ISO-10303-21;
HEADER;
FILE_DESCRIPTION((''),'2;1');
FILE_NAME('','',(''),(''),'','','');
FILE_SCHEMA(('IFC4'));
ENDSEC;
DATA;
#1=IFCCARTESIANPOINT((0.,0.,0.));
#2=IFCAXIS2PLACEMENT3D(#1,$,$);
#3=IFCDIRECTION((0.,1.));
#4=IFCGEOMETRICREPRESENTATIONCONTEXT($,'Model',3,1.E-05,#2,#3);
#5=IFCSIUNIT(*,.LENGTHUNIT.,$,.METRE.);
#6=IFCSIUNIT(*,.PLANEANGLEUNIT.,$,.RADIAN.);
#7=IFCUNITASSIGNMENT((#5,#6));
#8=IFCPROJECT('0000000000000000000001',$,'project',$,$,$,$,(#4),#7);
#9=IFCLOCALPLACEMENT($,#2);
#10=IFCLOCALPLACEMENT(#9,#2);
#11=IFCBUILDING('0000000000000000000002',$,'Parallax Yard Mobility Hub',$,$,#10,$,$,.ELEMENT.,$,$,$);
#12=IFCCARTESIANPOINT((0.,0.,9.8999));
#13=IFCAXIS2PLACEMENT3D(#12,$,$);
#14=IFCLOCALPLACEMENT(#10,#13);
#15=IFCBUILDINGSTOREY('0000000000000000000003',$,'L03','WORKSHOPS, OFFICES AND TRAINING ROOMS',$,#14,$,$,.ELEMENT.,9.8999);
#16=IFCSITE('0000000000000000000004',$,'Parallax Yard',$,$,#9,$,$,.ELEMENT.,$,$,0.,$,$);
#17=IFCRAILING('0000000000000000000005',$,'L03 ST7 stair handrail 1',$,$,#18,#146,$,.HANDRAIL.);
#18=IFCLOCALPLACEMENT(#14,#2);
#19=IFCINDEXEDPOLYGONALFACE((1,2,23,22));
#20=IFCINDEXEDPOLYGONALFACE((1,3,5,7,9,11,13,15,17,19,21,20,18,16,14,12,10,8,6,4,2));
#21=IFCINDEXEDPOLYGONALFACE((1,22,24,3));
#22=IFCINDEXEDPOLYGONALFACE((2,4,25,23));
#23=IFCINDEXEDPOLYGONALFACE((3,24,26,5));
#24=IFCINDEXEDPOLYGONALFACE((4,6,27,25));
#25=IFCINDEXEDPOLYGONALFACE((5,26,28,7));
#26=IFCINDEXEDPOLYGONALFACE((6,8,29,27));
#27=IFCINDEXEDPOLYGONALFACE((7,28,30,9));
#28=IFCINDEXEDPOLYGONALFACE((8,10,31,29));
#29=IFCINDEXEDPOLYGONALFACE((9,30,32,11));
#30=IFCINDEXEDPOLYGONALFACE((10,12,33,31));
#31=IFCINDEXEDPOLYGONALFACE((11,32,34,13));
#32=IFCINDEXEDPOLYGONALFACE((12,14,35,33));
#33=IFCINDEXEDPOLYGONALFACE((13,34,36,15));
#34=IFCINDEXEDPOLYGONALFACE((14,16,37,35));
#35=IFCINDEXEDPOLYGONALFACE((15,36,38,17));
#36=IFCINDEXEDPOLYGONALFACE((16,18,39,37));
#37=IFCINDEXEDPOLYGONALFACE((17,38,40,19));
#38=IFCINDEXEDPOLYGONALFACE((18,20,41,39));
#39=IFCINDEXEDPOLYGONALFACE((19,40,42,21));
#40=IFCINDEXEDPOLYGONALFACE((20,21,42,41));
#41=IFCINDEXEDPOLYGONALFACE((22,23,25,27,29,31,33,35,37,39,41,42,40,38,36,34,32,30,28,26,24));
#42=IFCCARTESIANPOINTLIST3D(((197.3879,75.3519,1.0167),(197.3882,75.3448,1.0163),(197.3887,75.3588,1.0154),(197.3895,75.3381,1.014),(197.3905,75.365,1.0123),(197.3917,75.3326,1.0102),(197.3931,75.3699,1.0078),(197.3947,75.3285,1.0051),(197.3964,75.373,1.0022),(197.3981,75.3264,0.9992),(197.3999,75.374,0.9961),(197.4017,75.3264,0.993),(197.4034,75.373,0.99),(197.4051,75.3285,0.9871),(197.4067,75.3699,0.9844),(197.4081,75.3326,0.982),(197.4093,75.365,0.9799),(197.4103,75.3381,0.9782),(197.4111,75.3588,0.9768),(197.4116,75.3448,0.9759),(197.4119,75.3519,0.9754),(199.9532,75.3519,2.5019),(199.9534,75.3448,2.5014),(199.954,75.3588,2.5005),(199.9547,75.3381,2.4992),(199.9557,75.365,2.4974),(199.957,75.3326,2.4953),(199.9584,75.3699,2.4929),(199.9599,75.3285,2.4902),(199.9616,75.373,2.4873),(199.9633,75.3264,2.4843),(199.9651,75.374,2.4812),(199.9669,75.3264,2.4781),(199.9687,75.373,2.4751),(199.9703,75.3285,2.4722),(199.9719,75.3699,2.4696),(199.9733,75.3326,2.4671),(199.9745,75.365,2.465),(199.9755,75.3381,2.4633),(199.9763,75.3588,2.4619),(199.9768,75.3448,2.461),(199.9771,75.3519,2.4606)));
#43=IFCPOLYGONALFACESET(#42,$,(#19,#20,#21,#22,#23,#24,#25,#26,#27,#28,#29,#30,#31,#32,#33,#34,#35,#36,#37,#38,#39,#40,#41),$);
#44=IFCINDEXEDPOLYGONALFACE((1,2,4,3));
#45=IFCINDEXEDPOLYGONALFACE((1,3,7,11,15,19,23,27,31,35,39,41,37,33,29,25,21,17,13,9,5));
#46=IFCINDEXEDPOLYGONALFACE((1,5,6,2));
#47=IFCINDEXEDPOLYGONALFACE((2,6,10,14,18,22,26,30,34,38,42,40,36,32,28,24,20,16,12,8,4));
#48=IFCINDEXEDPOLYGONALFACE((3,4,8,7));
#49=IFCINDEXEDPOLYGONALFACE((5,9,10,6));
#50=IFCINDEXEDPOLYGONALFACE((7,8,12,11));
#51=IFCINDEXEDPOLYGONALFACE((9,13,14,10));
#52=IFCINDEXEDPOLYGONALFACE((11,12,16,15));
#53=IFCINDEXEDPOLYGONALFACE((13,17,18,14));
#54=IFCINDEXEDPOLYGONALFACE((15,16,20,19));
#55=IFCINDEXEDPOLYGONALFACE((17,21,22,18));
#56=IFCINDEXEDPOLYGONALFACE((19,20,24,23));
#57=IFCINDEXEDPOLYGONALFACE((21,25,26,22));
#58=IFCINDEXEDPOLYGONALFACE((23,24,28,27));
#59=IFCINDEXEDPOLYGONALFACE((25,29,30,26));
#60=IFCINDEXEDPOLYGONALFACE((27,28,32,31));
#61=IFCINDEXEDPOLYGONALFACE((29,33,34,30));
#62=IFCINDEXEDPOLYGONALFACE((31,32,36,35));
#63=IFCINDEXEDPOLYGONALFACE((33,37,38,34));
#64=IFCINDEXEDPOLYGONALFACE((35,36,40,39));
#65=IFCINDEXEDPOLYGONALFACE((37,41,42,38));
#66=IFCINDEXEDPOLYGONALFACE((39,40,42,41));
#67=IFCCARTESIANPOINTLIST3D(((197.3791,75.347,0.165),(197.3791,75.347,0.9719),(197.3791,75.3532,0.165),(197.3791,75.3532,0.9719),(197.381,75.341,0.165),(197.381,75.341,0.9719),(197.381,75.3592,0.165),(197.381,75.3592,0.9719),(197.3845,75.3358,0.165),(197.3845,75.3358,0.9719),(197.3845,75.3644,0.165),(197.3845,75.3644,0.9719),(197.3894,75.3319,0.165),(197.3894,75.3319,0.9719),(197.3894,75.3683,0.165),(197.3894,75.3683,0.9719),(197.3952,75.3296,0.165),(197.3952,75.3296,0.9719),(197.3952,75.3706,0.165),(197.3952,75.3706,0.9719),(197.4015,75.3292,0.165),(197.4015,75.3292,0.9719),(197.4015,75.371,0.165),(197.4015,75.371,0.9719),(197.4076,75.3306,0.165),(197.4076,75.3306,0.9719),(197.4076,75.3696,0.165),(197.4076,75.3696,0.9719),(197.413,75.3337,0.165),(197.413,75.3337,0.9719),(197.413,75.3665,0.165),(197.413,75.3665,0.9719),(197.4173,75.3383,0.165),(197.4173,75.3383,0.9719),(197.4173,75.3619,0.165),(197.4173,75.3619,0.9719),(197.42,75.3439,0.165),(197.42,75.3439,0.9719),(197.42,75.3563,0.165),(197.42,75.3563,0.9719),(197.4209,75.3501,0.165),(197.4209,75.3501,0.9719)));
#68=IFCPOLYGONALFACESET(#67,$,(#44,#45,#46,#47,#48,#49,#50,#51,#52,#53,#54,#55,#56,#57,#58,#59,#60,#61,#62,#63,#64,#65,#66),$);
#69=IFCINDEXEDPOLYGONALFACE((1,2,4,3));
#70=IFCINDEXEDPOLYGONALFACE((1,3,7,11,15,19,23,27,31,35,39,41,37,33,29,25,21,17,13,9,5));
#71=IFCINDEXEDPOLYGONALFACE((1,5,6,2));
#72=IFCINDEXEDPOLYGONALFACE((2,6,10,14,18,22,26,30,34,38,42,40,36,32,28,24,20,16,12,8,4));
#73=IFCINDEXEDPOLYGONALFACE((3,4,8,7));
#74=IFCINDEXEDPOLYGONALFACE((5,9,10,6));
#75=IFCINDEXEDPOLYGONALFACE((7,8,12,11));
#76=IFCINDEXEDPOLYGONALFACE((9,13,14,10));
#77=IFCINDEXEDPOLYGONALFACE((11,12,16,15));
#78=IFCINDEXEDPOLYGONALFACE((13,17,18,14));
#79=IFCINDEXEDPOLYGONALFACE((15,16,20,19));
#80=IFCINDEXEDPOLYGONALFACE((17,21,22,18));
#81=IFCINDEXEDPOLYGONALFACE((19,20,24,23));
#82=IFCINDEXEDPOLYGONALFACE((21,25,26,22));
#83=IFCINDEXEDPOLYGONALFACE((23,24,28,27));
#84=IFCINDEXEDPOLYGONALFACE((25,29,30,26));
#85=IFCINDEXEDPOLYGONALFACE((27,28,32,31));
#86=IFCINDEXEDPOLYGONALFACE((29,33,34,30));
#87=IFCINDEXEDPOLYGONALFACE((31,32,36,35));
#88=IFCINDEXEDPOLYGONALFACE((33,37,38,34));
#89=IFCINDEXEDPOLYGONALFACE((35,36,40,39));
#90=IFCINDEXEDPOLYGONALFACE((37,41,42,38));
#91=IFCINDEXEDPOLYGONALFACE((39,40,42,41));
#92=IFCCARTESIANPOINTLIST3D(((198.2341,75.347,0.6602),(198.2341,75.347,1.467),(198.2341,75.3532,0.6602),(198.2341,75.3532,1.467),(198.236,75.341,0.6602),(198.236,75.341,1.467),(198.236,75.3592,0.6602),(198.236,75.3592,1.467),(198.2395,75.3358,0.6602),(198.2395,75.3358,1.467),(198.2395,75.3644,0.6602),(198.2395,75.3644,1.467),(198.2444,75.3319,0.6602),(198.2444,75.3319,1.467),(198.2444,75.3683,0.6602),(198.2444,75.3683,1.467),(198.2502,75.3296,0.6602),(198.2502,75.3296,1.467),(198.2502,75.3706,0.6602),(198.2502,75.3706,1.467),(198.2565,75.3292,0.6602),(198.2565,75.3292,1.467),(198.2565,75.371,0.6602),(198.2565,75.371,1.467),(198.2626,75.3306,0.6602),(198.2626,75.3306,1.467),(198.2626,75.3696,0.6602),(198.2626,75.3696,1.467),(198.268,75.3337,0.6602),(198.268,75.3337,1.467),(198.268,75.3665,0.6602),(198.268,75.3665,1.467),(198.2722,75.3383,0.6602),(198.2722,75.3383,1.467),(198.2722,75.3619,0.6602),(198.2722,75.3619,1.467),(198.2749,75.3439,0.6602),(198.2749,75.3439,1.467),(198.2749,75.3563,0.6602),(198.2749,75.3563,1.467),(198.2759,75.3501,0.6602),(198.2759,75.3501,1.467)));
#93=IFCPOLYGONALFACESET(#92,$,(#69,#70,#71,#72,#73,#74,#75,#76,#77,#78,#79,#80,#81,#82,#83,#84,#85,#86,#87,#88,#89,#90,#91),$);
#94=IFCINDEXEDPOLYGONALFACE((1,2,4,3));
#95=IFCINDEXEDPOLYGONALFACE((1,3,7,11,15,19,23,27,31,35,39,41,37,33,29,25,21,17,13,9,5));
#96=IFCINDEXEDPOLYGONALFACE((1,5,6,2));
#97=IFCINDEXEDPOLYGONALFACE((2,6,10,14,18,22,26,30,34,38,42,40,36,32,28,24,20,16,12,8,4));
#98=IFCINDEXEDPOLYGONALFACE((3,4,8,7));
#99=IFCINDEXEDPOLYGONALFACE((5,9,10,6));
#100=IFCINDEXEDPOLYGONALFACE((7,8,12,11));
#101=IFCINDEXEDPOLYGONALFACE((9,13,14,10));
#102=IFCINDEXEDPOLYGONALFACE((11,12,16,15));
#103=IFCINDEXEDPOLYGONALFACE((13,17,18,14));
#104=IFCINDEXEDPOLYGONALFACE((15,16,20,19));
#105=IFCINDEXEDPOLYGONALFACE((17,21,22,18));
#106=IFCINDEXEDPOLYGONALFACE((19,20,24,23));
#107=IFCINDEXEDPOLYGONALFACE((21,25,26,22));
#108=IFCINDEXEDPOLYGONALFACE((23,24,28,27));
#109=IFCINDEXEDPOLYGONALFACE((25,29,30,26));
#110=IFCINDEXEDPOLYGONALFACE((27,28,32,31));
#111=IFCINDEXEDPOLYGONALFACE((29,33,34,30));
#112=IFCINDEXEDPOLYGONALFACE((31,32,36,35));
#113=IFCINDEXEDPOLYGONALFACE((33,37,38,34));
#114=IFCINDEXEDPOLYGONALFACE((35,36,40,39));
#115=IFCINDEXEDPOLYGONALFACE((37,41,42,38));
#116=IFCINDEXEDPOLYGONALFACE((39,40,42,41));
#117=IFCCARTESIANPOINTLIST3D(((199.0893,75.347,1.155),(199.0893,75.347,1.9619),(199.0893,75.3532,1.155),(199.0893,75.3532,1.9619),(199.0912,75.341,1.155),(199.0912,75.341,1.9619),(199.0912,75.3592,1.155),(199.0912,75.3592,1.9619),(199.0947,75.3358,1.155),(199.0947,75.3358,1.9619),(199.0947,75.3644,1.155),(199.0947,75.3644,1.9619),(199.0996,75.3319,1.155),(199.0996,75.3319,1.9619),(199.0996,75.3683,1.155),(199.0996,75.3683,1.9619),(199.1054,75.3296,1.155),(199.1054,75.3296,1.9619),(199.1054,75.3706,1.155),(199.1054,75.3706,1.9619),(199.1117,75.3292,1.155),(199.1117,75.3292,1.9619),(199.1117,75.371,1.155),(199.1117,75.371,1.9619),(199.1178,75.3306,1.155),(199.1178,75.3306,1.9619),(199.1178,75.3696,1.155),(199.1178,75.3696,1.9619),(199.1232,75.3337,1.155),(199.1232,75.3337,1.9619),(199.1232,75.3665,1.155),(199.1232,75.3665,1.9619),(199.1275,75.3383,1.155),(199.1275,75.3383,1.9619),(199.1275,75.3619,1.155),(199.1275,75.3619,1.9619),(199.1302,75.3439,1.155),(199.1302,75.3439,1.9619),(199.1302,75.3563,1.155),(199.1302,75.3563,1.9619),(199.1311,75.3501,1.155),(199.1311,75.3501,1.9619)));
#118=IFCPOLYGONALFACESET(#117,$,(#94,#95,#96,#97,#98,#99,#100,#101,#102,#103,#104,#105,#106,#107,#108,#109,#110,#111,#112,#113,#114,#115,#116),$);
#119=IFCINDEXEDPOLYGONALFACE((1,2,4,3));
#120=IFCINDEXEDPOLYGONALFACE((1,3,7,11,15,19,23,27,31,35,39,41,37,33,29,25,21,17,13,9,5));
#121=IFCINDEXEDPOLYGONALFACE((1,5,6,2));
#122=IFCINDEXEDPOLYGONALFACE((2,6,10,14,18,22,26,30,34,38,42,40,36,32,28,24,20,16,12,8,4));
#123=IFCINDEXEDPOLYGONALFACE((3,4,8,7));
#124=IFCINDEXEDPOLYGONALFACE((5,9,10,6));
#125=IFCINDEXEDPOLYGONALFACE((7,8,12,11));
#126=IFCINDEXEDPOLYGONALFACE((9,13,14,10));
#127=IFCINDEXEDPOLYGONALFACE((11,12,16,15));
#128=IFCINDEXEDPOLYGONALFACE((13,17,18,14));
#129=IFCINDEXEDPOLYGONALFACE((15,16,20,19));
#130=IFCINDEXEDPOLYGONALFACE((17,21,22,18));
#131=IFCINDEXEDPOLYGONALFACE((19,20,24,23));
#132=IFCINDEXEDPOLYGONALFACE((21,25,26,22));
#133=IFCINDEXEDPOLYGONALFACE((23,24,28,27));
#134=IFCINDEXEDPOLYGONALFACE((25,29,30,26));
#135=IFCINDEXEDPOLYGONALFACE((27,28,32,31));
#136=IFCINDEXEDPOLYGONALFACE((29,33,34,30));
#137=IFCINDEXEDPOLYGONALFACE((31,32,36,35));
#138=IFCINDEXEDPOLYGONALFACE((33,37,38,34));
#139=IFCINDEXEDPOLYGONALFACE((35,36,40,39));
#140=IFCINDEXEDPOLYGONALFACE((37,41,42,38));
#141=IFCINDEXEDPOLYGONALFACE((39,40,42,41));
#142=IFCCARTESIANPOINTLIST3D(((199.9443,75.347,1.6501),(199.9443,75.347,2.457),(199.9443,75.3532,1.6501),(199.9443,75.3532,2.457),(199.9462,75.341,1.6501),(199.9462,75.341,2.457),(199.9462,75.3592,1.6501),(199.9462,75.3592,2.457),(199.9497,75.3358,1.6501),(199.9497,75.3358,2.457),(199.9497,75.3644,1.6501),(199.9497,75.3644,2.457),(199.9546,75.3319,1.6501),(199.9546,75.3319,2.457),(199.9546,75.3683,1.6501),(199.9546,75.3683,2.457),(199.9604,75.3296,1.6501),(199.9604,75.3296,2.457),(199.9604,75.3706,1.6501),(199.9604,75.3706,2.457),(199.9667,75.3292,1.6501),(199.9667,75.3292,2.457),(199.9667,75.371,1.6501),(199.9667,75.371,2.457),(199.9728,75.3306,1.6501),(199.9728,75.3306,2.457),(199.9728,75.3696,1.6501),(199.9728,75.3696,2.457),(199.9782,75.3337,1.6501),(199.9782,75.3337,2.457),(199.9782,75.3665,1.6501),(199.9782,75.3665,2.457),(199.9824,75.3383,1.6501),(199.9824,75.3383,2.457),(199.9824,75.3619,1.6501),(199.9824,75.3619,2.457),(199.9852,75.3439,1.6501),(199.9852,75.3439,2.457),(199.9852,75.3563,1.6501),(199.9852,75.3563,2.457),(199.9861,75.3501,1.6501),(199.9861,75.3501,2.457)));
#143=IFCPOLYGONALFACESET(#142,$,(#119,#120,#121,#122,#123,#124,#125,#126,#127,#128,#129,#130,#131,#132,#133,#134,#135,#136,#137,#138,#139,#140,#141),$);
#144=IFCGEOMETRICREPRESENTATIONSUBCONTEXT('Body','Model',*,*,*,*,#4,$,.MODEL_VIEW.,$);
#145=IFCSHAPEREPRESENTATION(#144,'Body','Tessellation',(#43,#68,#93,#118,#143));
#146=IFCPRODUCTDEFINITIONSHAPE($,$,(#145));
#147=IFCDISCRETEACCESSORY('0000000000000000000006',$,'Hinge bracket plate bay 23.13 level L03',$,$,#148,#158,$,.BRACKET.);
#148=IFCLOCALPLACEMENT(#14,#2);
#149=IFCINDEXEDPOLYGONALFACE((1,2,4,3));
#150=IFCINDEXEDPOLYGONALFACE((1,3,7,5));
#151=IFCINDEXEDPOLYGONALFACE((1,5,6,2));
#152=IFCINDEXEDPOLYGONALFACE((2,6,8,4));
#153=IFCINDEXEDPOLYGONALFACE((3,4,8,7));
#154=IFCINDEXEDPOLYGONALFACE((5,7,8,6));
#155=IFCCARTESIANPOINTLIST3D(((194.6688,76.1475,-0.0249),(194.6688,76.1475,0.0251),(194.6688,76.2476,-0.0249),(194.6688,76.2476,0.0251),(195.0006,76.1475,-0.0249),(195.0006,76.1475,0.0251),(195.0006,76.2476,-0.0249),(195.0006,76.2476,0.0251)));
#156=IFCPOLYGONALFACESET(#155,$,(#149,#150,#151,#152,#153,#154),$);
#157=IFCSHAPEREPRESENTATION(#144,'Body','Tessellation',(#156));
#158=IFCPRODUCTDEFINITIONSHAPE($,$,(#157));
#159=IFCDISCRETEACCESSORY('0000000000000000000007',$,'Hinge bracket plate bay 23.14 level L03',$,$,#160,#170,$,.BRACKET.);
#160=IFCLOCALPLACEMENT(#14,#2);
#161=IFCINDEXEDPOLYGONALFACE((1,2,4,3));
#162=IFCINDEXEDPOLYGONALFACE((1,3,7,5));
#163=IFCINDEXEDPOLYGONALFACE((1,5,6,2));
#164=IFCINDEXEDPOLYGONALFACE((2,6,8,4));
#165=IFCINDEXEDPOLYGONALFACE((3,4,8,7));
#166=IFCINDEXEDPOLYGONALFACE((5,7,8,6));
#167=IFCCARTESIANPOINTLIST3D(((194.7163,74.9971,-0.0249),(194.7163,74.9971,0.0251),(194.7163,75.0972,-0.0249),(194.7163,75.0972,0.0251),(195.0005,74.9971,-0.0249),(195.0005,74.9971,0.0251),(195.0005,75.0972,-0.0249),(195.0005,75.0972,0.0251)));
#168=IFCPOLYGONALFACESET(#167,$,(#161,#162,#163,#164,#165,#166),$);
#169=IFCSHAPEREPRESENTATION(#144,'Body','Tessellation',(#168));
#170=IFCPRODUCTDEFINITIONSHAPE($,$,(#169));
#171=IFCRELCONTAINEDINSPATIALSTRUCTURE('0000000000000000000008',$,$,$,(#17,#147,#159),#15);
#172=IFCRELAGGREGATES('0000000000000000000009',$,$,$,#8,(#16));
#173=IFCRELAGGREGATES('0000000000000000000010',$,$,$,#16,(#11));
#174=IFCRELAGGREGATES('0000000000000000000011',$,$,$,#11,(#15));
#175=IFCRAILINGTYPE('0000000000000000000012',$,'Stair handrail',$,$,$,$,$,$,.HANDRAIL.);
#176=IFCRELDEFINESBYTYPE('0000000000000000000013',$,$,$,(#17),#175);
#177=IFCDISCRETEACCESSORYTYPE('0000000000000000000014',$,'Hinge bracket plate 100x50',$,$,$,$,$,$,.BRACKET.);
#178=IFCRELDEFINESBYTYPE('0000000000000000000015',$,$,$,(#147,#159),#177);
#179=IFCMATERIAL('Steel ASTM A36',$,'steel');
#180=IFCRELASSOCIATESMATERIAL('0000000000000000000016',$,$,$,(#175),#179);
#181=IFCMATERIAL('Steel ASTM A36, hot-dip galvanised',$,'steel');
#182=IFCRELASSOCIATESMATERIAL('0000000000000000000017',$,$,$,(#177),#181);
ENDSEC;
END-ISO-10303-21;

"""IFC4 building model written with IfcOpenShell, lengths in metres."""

from ifc_helpers import new_model, si_unit, direction, frame, origin, origin_2d, place, context, subcontext, project, spatial, rectangle, circle, extrude, material, type_object, element, save


model = new_model("IFC4")

# Units and contexts
model_context = context("Model", 3, precision=1e-05, world=origin(), true_north=direction((0.0, 1.0)))
body_context = subcontext(model_context, "Body", "Model", "MODEL_VIEW")
ifc_project = project(units=[si_unit("LENGTHUNIT", "METRE"), si_unit("PLANEANGLEUNIT", "RADIAN")], contexts=[model_context])

# Site, building, storey
site_placement = place(None, origin())
site = spatial("IfcSite", under=ifc_project, at=site_placement, Name="Parallax Yard", CompositionType="ELEMENT", RefElevation=0.0)
building_placement = place(site_placement, origin())
building = spatial("IfcBuilding", under=site, at=building_placement, Name="Parallax Yard Mobility Hub", CompositionType="ELEMENT")
storey_placement = place(building_placement, frame((0.0, 0.0, 9.8999)))
storey = spatial("IfcBuildingStorey", under=building, at=storey_placement, Name="L03", Description="WORKSHOPS, OFFICES AND TRAINING ROOMS", CompositionType="ELEMENT", Elevation=9.8999)

# Railing
ifc_material_1 = material(Name="Steel ASTM A36", Category="steel")
railing_type_1 = type_object("IfcRailingType", Name="Stair handrail", PredefinedType="HANDRAIL", material=ifc_material_1)
railing_1_placement = place(storey_placement, frame((197.3999, 75.3501, 0.165)))
element("IfcRailing", 1, at=railing_1_placement, inside=storey, type_object=railing_type_1, Name="L03 ST7 stair handrail 1", PredefinedType="HANDRAIL", context=body_context, shape_type="SweptSolid", body=[
    extrude(circle(Radius=0.0239, at=origin_2d()), frame((0.0, 0.0, 0.8311), z_axis=(0.865426, 0.0, 0.501036), x_axis=(0.0, 1.0, 0.0)), (0.0, 0.0, 1.0), 2.9641),
    extrude(circle(Radius=0.021, at=origin_2d()), origin(), (0.0, 0.0, 1.0), 0.8069),
    extrude(circle(Radius=0.021, at=origin_2d()), frame((0.855, 0.0, 0.4951)), (0.0, 0.0, 1.0), 0.8069),
    extrude(circle(Radius=0.021, at=origin_2d()), frame((1.7102, 0.0, 0.99)), (0.0, 0.0, 1.0), 0.8069),
    extrude(circle(Radius=0.021, at=origin_2d()), frame((2.5652, 0.0, 1.4851)), (0.0, 0.0, 1.0), 0.8069),
])

# Discrete accessories
ifc_material_2 = material(Name="Steel ASTM A36, hot-dip galvanised", Category="steel")
discrete_accessory_type_1 = type_object("IfcDiscreteAccessoryType", Name="Hinge bracket plate 100x50", PredefinedType="BRACKET", material=ifc_material_2)
discrete_accessory_1_placement = place(storey_placement, frame((194.8347, 76.1975, -0.0249), z_axis=(0.0, 0.0, 1.0), x_axis=(-1.0, 0.0, 0.0)))
element("IfcDiscreteAccessory", 2, at=discrete_accessory_1_placement, inside=storey, type_object=discrete_accessory_type_1, Name="Hinge bracket plate bay 23.13 level L03", PredefinedType="BRACKET", context=body_context, shape_type="SweptSolid", body=[
    extrude(rectangle(XDim=0.3318, YDim=0.1001, at=origin_2d()), origin(), (0.0, 0.0, 1.0), 0.05),
])
discrete_accessory_2_placement = place(storey_placement, frame((194.8584, 75.0471, -0.0249), z_axis=(0.0, 0.0, 1.0), x_axis=(-1.0, 0.0, 0.0)))
element("IfcDiscreteAccessory", 3, at=discrete_accessory_2_placement, inside=storey, type_object=discrete_accessory_type_1, Name="Hinge bracket plate bay 23.14 level L03", PredefinedType="BRACKET", context=body_context, shape_type="SweptSolid", body=[
    extrude(rectangle(XDim=0.2842, YDim=0.1001, at=origin_2d()), origin(), (0.0, 0.0, 1.0), 0.05),
])

save(model, "model.ifc")
